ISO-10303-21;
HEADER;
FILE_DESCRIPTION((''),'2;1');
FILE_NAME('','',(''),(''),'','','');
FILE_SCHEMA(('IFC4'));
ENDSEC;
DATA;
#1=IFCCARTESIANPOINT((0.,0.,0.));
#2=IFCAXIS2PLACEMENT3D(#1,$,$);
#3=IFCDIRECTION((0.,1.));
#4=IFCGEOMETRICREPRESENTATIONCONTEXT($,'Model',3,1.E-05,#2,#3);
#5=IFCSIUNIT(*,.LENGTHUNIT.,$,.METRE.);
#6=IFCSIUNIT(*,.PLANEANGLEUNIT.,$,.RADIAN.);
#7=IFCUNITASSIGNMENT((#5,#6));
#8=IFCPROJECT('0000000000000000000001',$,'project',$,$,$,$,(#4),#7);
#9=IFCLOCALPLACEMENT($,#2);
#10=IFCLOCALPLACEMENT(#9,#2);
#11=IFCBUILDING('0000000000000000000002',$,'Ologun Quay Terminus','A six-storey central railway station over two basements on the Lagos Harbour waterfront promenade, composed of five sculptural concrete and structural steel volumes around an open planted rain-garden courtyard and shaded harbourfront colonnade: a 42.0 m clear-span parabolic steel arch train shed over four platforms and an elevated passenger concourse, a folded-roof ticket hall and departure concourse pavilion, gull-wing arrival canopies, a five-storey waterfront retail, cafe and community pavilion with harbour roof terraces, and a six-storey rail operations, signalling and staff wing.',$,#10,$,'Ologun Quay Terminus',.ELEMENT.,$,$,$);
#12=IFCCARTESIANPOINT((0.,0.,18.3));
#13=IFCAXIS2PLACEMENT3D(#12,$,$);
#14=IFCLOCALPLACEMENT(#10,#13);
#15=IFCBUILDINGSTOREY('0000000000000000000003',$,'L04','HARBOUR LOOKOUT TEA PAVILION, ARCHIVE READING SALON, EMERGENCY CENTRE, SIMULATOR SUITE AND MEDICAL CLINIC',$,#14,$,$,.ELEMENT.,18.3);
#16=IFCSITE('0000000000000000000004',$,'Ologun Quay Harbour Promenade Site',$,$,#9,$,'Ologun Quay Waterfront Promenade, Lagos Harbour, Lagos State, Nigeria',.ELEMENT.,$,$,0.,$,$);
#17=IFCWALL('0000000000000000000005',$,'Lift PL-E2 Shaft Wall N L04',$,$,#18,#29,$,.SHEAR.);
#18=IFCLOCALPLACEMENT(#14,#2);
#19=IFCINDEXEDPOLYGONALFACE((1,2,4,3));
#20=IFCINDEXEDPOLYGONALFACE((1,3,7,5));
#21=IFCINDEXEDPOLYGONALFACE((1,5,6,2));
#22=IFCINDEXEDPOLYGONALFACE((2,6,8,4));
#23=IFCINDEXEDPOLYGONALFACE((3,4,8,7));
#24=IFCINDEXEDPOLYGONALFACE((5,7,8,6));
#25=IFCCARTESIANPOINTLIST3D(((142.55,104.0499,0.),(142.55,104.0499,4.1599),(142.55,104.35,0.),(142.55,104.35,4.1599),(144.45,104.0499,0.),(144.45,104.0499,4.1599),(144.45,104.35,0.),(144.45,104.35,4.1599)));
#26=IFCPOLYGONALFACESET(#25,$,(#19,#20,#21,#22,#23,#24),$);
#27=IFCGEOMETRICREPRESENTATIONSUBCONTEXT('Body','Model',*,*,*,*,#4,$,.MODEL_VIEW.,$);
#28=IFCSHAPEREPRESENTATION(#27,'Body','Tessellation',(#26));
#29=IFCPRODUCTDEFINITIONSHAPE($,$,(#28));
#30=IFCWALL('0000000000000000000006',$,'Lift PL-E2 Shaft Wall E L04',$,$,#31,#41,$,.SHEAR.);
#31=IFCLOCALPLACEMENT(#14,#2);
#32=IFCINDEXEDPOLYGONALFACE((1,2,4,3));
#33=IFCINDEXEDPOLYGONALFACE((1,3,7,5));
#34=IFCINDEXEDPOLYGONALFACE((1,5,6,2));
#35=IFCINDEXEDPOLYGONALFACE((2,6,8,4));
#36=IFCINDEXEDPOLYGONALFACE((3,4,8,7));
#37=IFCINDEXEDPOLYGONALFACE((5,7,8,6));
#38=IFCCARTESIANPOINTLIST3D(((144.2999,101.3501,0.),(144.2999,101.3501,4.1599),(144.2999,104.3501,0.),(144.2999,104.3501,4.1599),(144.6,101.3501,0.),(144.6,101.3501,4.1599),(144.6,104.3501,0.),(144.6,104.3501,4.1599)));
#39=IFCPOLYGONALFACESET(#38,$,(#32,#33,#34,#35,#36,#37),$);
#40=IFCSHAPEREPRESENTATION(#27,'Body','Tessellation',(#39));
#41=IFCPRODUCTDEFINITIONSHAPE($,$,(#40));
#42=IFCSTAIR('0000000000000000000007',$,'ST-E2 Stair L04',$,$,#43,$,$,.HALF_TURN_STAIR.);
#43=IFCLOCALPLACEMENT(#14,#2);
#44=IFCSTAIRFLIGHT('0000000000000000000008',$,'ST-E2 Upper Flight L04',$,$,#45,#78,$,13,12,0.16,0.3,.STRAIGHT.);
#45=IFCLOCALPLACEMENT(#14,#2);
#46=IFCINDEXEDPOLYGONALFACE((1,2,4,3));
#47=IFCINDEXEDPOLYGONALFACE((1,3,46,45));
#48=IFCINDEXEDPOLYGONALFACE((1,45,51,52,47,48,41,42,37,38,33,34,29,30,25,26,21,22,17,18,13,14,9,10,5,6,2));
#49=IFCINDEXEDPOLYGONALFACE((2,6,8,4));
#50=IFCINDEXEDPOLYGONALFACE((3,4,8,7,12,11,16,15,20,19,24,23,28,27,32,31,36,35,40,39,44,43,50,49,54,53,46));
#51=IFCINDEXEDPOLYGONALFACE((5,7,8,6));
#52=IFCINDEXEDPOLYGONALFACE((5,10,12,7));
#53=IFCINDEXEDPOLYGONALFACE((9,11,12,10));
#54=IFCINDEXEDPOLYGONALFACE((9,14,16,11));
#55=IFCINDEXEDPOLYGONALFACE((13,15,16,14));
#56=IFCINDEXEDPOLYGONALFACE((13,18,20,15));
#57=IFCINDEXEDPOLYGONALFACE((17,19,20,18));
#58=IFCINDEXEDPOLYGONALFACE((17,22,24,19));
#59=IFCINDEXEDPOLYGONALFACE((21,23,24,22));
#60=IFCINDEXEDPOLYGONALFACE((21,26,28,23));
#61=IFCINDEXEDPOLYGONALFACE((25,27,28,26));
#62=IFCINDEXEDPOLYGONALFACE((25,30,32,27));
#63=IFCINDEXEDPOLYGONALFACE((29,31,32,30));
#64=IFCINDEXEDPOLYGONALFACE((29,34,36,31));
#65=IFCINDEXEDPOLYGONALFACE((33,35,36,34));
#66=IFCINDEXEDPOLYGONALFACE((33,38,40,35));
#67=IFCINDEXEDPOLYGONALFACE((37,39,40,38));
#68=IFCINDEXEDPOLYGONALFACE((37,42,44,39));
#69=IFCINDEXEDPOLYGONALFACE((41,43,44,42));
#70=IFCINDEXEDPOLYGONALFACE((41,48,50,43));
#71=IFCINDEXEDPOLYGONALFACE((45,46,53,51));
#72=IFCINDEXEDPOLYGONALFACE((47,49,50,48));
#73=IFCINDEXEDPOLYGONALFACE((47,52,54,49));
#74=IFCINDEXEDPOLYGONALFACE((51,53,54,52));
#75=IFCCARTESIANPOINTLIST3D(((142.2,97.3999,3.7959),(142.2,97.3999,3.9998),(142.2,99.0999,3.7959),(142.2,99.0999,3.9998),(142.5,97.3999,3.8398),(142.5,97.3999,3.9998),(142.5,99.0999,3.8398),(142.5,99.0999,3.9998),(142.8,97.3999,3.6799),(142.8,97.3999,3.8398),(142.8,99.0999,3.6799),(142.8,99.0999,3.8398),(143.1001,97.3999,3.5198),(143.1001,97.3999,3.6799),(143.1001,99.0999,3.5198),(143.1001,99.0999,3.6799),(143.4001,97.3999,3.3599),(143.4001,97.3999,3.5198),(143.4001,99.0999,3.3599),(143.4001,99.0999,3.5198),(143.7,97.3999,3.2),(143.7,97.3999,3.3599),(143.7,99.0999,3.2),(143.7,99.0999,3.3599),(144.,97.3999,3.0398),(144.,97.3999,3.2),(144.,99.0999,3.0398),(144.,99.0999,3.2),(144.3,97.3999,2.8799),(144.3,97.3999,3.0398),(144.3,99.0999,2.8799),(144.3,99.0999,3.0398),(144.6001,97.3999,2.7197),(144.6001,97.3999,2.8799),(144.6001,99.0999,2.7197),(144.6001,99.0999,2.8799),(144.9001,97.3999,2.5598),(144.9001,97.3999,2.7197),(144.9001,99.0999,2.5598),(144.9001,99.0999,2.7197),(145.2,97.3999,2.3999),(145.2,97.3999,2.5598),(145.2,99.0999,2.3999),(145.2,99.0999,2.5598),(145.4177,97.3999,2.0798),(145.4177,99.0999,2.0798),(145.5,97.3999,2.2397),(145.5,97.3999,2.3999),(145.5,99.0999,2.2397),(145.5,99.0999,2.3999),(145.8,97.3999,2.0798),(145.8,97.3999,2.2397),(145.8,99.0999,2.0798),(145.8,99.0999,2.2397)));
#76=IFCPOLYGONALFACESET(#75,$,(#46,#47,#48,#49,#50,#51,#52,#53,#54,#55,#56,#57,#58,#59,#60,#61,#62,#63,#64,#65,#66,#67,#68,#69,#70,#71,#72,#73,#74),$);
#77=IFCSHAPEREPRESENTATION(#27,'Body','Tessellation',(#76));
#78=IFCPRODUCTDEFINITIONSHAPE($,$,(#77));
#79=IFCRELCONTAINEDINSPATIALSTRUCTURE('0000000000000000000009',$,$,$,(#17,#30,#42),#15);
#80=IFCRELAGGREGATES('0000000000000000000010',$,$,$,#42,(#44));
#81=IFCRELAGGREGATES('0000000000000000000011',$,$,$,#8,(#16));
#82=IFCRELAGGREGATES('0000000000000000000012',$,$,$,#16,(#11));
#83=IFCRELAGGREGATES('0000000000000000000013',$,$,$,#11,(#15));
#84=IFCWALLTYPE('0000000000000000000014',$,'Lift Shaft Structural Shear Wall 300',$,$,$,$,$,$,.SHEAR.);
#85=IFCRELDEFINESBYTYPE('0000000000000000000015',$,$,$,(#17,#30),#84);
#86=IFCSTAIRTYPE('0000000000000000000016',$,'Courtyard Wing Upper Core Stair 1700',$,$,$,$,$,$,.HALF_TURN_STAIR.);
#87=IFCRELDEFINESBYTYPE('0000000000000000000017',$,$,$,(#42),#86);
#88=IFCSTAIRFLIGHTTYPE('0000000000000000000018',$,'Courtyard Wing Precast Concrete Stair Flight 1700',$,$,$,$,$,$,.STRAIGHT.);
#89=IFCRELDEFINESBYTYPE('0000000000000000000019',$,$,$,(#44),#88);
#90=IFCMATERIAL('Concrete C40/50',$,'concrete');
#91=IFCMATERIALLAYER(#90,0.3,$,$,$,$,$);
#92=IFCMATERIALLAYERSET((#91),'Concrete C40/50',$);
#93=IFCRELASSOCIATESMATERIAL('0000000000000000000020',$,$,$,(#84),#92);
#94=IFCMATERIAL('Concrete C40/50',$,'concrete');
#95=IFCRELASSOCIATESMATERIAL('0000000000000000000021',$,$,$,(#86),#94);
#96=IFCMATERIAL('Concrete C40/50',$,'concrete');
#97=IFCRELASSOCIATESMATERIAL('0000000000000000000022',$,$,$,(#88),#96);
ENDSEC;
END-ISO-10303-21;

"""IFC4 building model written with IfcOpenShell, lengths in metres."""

from ifc_helpers import new_model, si_unit, direction, frame, frame_2d, origin, place, context, subcontext, project, spatial, polyline, rectangle, outline, extrude, material, layer, layer_set, type_object, element, aggregate, save


model = new_model("IFC4")

# Units and contexts
model_context = context("Model", 3, precision=1e-05, world=origin(), true_north=direction((0.0, 1.0)))
body_context = subcontext(model_context, "Body", "Model", "MODEL_VIEW")
ifc_project = project(units=[si_unit("LENGTHUNIT", "METRE"), si_unit("PLANEANGLEUNIT", "RADIAN")], contexts=[model_context])

# Site, building, storey
site_placement = place(None, origin())
site = spatial("IfcSite", under=ifc_project, at=site_placement, Name="Ologun Quay Harbour Promenade Site", LongName="Ologun Quay Waterfront Promenade, Lagos Harbour, Lagos State, Nigeria", CompositionType="ELEMENT", RefElevation=0.0)
building_placement = place(site_placement, origin())
building = spatial("IfcBuilding", under=site, at=building_placement, Name="Ologun Quay Terminus", Description="A six-storey central railway station over two basements on the Lagos Harbour waterfront promenade, composed of five sculptural concrete and structural steel volumes around an open planted rain-garden courtyard and shaded harbourfront colonnade: a 42.0 m clear-span parabolic steel arch train shed over four platforms and an elevated passenger concourse, a folded-roof ticket hall and departure concourse pavilion, gull-wing arrival canopies, a five-storey waterfront retail, cafe and community pavilion with harbour roof terraces, and a six-storey rail operations, signalling and staff wing.", LongName="Ologun Quay Terminus", CompositionType="ELEMENT")
storey_placement = place(building_placement, frame((0.0, 0.0, 18.3)))
storey = spatial("IfcBuildingStorey", under=building, at=storey_placement, Name="L04", Description="HARBOUR LOOKOUT TEA PAVILION, ARCHIVE READING SALON, EMERGENCY CENTRE, SIMULATOR SUITE AND MEDICAL CLINIC", CompositionType="ELEMENT", Elevation=18.3)

# Shared definitions
ifc_material_1 = material(Name="Concrete C40/50", Category="concrete")
ifc_layer_1 = layer(ifc_material_1, 0.3)
ifc_layer_set_1 = layer_set([ifc_layer_1], Name="Concrete C40/50")
wall_type_1 = type_object("IfcWallType", Name="Lift Shaft Structural Shear Wall 300", PredefinedType="SHEAR", material=ifc_layer_set_1)

# Walls
wall_1_placement = place(storey_placement, frame((142.55, 104.2, 0.0), z_axis=(0.0, 0.0, 1.0), x_axis=(1.0, 0.0, 0.0)))
element("IfcWall", 1, at=wall_1_placement, inside=storey, type_object=wall_type_1, Name="Lift PL-E2 Shaft Wall N L04", PredefinedType="SHEAR", context=body_context, shape_type="SweptSolid", body=[
    extrude(rectangle(XDim=1.8999, YDim=0.3, at=frame_2d((0.95, 0.0))), origin(), (0.0, 0.0, 1.0), 4.1599),
])
wall_2_placement = place(storey_placement, frame((144.45, 101.3501, 0.0), z_axis=(0.0, 0.0, 1.0), x_axis=(0.0, 1.0, 0.0)))
element("IfcWall", 2, at=wall_2_placement, inside=storey, type_object=wall_type_1, Name="Lift PL-E2 Shaft Wall E L04", PredefinedType="SHEAR", context=body_context, shape_type="SweptSolid", body=[
    extrude(rectangle(XDim=3.0, YDim=0.3, at=frame_2d((1.5, 0.0))), origin(), (0.0, 0.0, 1.0), 4.1599),
])

# Stair, stair flight
ifc_material_2 = material(Name="Concrete C40/50", Category="concrete")
stair_type = type_object("IfcStairType", Name="Courtyard Wing Upper Core Stair 1700", PredefinedType="HALF_TURN_STAIR", material=ifc_material_2)
stair_placement = place(storey_placement, origin())
stair = element("IfcStair", 3, at=stair_placement, inside=storey, type_object=stair_type, Name="ST-E2 Stair L04", PredefinedType="HALF_TURN_STAIR")
ifc_material_3 = material(Name="Concrete C40/50", Category="concrete")
stair_flight_type = type_object("IfcStairFlightType", Name="Courtyard Wing Precast Concrete Stair Flight 1700", PredefinedType="STRAIGHT", material=ifc_material_3)
stair_flight_placement = place(storey_placement, frame((145.8, 98.25, 2.0798), z_axis=(0.0, 0.0, 1.0), x_axis=(-1.0, 0.0, 0.0)))
stair_flight = element("IfcStairFlight", 4, at=stair_flight_placement, type_object=stair_flight_type, Name="ST-E2 Upper Flight L04", NumberOfRisers=13, NumberOfTreads=12, PredefinedType="STRAIGHT", RiserHeight=0.16, TreadLength=0.3, context=body_context, shape_type="SweptSolid", body=[
    extrude(outline(polyline([(0.0, 0.0), (0.0, 0.1599), (0.3, 0.1599), (0.3, 0.3201), (0.6001, 0.3201), (0.6001, 0.48), (0.8999, 0.48), (0.8999, 0.6399), (1.2, 0.6399), (1.2, 0.8), (1.5, 0.8), (1.5, 0.96), (1.8, 0.96), (1.8, 1.1201), (2.1001, 1.1201), (2.1001, 1.28), (2.3999, 1.28), (2.3999, 1.4399), (2.7, 1.4399), (2.7, 1.6001), (3.0, 1.6001), (3.0, 1.76), (3.3, 1.76), (3.3, 1.9199), (3.6001, 1.9199), (3.6001, 2.0801), (3.6001, 1.7161), (0.3823, 0.0), (0.0, 0.0)])), frame((0.0, 0.8501, 0.0), z_axis=(0.0, -1.0, 0.0), x_axis=(1.0, 0.0, 0.0)), (0.0, 0.0, 1.0), 1.7),
])
aggregate(stair, [stair_flight])

save(model, "model.ifc")
